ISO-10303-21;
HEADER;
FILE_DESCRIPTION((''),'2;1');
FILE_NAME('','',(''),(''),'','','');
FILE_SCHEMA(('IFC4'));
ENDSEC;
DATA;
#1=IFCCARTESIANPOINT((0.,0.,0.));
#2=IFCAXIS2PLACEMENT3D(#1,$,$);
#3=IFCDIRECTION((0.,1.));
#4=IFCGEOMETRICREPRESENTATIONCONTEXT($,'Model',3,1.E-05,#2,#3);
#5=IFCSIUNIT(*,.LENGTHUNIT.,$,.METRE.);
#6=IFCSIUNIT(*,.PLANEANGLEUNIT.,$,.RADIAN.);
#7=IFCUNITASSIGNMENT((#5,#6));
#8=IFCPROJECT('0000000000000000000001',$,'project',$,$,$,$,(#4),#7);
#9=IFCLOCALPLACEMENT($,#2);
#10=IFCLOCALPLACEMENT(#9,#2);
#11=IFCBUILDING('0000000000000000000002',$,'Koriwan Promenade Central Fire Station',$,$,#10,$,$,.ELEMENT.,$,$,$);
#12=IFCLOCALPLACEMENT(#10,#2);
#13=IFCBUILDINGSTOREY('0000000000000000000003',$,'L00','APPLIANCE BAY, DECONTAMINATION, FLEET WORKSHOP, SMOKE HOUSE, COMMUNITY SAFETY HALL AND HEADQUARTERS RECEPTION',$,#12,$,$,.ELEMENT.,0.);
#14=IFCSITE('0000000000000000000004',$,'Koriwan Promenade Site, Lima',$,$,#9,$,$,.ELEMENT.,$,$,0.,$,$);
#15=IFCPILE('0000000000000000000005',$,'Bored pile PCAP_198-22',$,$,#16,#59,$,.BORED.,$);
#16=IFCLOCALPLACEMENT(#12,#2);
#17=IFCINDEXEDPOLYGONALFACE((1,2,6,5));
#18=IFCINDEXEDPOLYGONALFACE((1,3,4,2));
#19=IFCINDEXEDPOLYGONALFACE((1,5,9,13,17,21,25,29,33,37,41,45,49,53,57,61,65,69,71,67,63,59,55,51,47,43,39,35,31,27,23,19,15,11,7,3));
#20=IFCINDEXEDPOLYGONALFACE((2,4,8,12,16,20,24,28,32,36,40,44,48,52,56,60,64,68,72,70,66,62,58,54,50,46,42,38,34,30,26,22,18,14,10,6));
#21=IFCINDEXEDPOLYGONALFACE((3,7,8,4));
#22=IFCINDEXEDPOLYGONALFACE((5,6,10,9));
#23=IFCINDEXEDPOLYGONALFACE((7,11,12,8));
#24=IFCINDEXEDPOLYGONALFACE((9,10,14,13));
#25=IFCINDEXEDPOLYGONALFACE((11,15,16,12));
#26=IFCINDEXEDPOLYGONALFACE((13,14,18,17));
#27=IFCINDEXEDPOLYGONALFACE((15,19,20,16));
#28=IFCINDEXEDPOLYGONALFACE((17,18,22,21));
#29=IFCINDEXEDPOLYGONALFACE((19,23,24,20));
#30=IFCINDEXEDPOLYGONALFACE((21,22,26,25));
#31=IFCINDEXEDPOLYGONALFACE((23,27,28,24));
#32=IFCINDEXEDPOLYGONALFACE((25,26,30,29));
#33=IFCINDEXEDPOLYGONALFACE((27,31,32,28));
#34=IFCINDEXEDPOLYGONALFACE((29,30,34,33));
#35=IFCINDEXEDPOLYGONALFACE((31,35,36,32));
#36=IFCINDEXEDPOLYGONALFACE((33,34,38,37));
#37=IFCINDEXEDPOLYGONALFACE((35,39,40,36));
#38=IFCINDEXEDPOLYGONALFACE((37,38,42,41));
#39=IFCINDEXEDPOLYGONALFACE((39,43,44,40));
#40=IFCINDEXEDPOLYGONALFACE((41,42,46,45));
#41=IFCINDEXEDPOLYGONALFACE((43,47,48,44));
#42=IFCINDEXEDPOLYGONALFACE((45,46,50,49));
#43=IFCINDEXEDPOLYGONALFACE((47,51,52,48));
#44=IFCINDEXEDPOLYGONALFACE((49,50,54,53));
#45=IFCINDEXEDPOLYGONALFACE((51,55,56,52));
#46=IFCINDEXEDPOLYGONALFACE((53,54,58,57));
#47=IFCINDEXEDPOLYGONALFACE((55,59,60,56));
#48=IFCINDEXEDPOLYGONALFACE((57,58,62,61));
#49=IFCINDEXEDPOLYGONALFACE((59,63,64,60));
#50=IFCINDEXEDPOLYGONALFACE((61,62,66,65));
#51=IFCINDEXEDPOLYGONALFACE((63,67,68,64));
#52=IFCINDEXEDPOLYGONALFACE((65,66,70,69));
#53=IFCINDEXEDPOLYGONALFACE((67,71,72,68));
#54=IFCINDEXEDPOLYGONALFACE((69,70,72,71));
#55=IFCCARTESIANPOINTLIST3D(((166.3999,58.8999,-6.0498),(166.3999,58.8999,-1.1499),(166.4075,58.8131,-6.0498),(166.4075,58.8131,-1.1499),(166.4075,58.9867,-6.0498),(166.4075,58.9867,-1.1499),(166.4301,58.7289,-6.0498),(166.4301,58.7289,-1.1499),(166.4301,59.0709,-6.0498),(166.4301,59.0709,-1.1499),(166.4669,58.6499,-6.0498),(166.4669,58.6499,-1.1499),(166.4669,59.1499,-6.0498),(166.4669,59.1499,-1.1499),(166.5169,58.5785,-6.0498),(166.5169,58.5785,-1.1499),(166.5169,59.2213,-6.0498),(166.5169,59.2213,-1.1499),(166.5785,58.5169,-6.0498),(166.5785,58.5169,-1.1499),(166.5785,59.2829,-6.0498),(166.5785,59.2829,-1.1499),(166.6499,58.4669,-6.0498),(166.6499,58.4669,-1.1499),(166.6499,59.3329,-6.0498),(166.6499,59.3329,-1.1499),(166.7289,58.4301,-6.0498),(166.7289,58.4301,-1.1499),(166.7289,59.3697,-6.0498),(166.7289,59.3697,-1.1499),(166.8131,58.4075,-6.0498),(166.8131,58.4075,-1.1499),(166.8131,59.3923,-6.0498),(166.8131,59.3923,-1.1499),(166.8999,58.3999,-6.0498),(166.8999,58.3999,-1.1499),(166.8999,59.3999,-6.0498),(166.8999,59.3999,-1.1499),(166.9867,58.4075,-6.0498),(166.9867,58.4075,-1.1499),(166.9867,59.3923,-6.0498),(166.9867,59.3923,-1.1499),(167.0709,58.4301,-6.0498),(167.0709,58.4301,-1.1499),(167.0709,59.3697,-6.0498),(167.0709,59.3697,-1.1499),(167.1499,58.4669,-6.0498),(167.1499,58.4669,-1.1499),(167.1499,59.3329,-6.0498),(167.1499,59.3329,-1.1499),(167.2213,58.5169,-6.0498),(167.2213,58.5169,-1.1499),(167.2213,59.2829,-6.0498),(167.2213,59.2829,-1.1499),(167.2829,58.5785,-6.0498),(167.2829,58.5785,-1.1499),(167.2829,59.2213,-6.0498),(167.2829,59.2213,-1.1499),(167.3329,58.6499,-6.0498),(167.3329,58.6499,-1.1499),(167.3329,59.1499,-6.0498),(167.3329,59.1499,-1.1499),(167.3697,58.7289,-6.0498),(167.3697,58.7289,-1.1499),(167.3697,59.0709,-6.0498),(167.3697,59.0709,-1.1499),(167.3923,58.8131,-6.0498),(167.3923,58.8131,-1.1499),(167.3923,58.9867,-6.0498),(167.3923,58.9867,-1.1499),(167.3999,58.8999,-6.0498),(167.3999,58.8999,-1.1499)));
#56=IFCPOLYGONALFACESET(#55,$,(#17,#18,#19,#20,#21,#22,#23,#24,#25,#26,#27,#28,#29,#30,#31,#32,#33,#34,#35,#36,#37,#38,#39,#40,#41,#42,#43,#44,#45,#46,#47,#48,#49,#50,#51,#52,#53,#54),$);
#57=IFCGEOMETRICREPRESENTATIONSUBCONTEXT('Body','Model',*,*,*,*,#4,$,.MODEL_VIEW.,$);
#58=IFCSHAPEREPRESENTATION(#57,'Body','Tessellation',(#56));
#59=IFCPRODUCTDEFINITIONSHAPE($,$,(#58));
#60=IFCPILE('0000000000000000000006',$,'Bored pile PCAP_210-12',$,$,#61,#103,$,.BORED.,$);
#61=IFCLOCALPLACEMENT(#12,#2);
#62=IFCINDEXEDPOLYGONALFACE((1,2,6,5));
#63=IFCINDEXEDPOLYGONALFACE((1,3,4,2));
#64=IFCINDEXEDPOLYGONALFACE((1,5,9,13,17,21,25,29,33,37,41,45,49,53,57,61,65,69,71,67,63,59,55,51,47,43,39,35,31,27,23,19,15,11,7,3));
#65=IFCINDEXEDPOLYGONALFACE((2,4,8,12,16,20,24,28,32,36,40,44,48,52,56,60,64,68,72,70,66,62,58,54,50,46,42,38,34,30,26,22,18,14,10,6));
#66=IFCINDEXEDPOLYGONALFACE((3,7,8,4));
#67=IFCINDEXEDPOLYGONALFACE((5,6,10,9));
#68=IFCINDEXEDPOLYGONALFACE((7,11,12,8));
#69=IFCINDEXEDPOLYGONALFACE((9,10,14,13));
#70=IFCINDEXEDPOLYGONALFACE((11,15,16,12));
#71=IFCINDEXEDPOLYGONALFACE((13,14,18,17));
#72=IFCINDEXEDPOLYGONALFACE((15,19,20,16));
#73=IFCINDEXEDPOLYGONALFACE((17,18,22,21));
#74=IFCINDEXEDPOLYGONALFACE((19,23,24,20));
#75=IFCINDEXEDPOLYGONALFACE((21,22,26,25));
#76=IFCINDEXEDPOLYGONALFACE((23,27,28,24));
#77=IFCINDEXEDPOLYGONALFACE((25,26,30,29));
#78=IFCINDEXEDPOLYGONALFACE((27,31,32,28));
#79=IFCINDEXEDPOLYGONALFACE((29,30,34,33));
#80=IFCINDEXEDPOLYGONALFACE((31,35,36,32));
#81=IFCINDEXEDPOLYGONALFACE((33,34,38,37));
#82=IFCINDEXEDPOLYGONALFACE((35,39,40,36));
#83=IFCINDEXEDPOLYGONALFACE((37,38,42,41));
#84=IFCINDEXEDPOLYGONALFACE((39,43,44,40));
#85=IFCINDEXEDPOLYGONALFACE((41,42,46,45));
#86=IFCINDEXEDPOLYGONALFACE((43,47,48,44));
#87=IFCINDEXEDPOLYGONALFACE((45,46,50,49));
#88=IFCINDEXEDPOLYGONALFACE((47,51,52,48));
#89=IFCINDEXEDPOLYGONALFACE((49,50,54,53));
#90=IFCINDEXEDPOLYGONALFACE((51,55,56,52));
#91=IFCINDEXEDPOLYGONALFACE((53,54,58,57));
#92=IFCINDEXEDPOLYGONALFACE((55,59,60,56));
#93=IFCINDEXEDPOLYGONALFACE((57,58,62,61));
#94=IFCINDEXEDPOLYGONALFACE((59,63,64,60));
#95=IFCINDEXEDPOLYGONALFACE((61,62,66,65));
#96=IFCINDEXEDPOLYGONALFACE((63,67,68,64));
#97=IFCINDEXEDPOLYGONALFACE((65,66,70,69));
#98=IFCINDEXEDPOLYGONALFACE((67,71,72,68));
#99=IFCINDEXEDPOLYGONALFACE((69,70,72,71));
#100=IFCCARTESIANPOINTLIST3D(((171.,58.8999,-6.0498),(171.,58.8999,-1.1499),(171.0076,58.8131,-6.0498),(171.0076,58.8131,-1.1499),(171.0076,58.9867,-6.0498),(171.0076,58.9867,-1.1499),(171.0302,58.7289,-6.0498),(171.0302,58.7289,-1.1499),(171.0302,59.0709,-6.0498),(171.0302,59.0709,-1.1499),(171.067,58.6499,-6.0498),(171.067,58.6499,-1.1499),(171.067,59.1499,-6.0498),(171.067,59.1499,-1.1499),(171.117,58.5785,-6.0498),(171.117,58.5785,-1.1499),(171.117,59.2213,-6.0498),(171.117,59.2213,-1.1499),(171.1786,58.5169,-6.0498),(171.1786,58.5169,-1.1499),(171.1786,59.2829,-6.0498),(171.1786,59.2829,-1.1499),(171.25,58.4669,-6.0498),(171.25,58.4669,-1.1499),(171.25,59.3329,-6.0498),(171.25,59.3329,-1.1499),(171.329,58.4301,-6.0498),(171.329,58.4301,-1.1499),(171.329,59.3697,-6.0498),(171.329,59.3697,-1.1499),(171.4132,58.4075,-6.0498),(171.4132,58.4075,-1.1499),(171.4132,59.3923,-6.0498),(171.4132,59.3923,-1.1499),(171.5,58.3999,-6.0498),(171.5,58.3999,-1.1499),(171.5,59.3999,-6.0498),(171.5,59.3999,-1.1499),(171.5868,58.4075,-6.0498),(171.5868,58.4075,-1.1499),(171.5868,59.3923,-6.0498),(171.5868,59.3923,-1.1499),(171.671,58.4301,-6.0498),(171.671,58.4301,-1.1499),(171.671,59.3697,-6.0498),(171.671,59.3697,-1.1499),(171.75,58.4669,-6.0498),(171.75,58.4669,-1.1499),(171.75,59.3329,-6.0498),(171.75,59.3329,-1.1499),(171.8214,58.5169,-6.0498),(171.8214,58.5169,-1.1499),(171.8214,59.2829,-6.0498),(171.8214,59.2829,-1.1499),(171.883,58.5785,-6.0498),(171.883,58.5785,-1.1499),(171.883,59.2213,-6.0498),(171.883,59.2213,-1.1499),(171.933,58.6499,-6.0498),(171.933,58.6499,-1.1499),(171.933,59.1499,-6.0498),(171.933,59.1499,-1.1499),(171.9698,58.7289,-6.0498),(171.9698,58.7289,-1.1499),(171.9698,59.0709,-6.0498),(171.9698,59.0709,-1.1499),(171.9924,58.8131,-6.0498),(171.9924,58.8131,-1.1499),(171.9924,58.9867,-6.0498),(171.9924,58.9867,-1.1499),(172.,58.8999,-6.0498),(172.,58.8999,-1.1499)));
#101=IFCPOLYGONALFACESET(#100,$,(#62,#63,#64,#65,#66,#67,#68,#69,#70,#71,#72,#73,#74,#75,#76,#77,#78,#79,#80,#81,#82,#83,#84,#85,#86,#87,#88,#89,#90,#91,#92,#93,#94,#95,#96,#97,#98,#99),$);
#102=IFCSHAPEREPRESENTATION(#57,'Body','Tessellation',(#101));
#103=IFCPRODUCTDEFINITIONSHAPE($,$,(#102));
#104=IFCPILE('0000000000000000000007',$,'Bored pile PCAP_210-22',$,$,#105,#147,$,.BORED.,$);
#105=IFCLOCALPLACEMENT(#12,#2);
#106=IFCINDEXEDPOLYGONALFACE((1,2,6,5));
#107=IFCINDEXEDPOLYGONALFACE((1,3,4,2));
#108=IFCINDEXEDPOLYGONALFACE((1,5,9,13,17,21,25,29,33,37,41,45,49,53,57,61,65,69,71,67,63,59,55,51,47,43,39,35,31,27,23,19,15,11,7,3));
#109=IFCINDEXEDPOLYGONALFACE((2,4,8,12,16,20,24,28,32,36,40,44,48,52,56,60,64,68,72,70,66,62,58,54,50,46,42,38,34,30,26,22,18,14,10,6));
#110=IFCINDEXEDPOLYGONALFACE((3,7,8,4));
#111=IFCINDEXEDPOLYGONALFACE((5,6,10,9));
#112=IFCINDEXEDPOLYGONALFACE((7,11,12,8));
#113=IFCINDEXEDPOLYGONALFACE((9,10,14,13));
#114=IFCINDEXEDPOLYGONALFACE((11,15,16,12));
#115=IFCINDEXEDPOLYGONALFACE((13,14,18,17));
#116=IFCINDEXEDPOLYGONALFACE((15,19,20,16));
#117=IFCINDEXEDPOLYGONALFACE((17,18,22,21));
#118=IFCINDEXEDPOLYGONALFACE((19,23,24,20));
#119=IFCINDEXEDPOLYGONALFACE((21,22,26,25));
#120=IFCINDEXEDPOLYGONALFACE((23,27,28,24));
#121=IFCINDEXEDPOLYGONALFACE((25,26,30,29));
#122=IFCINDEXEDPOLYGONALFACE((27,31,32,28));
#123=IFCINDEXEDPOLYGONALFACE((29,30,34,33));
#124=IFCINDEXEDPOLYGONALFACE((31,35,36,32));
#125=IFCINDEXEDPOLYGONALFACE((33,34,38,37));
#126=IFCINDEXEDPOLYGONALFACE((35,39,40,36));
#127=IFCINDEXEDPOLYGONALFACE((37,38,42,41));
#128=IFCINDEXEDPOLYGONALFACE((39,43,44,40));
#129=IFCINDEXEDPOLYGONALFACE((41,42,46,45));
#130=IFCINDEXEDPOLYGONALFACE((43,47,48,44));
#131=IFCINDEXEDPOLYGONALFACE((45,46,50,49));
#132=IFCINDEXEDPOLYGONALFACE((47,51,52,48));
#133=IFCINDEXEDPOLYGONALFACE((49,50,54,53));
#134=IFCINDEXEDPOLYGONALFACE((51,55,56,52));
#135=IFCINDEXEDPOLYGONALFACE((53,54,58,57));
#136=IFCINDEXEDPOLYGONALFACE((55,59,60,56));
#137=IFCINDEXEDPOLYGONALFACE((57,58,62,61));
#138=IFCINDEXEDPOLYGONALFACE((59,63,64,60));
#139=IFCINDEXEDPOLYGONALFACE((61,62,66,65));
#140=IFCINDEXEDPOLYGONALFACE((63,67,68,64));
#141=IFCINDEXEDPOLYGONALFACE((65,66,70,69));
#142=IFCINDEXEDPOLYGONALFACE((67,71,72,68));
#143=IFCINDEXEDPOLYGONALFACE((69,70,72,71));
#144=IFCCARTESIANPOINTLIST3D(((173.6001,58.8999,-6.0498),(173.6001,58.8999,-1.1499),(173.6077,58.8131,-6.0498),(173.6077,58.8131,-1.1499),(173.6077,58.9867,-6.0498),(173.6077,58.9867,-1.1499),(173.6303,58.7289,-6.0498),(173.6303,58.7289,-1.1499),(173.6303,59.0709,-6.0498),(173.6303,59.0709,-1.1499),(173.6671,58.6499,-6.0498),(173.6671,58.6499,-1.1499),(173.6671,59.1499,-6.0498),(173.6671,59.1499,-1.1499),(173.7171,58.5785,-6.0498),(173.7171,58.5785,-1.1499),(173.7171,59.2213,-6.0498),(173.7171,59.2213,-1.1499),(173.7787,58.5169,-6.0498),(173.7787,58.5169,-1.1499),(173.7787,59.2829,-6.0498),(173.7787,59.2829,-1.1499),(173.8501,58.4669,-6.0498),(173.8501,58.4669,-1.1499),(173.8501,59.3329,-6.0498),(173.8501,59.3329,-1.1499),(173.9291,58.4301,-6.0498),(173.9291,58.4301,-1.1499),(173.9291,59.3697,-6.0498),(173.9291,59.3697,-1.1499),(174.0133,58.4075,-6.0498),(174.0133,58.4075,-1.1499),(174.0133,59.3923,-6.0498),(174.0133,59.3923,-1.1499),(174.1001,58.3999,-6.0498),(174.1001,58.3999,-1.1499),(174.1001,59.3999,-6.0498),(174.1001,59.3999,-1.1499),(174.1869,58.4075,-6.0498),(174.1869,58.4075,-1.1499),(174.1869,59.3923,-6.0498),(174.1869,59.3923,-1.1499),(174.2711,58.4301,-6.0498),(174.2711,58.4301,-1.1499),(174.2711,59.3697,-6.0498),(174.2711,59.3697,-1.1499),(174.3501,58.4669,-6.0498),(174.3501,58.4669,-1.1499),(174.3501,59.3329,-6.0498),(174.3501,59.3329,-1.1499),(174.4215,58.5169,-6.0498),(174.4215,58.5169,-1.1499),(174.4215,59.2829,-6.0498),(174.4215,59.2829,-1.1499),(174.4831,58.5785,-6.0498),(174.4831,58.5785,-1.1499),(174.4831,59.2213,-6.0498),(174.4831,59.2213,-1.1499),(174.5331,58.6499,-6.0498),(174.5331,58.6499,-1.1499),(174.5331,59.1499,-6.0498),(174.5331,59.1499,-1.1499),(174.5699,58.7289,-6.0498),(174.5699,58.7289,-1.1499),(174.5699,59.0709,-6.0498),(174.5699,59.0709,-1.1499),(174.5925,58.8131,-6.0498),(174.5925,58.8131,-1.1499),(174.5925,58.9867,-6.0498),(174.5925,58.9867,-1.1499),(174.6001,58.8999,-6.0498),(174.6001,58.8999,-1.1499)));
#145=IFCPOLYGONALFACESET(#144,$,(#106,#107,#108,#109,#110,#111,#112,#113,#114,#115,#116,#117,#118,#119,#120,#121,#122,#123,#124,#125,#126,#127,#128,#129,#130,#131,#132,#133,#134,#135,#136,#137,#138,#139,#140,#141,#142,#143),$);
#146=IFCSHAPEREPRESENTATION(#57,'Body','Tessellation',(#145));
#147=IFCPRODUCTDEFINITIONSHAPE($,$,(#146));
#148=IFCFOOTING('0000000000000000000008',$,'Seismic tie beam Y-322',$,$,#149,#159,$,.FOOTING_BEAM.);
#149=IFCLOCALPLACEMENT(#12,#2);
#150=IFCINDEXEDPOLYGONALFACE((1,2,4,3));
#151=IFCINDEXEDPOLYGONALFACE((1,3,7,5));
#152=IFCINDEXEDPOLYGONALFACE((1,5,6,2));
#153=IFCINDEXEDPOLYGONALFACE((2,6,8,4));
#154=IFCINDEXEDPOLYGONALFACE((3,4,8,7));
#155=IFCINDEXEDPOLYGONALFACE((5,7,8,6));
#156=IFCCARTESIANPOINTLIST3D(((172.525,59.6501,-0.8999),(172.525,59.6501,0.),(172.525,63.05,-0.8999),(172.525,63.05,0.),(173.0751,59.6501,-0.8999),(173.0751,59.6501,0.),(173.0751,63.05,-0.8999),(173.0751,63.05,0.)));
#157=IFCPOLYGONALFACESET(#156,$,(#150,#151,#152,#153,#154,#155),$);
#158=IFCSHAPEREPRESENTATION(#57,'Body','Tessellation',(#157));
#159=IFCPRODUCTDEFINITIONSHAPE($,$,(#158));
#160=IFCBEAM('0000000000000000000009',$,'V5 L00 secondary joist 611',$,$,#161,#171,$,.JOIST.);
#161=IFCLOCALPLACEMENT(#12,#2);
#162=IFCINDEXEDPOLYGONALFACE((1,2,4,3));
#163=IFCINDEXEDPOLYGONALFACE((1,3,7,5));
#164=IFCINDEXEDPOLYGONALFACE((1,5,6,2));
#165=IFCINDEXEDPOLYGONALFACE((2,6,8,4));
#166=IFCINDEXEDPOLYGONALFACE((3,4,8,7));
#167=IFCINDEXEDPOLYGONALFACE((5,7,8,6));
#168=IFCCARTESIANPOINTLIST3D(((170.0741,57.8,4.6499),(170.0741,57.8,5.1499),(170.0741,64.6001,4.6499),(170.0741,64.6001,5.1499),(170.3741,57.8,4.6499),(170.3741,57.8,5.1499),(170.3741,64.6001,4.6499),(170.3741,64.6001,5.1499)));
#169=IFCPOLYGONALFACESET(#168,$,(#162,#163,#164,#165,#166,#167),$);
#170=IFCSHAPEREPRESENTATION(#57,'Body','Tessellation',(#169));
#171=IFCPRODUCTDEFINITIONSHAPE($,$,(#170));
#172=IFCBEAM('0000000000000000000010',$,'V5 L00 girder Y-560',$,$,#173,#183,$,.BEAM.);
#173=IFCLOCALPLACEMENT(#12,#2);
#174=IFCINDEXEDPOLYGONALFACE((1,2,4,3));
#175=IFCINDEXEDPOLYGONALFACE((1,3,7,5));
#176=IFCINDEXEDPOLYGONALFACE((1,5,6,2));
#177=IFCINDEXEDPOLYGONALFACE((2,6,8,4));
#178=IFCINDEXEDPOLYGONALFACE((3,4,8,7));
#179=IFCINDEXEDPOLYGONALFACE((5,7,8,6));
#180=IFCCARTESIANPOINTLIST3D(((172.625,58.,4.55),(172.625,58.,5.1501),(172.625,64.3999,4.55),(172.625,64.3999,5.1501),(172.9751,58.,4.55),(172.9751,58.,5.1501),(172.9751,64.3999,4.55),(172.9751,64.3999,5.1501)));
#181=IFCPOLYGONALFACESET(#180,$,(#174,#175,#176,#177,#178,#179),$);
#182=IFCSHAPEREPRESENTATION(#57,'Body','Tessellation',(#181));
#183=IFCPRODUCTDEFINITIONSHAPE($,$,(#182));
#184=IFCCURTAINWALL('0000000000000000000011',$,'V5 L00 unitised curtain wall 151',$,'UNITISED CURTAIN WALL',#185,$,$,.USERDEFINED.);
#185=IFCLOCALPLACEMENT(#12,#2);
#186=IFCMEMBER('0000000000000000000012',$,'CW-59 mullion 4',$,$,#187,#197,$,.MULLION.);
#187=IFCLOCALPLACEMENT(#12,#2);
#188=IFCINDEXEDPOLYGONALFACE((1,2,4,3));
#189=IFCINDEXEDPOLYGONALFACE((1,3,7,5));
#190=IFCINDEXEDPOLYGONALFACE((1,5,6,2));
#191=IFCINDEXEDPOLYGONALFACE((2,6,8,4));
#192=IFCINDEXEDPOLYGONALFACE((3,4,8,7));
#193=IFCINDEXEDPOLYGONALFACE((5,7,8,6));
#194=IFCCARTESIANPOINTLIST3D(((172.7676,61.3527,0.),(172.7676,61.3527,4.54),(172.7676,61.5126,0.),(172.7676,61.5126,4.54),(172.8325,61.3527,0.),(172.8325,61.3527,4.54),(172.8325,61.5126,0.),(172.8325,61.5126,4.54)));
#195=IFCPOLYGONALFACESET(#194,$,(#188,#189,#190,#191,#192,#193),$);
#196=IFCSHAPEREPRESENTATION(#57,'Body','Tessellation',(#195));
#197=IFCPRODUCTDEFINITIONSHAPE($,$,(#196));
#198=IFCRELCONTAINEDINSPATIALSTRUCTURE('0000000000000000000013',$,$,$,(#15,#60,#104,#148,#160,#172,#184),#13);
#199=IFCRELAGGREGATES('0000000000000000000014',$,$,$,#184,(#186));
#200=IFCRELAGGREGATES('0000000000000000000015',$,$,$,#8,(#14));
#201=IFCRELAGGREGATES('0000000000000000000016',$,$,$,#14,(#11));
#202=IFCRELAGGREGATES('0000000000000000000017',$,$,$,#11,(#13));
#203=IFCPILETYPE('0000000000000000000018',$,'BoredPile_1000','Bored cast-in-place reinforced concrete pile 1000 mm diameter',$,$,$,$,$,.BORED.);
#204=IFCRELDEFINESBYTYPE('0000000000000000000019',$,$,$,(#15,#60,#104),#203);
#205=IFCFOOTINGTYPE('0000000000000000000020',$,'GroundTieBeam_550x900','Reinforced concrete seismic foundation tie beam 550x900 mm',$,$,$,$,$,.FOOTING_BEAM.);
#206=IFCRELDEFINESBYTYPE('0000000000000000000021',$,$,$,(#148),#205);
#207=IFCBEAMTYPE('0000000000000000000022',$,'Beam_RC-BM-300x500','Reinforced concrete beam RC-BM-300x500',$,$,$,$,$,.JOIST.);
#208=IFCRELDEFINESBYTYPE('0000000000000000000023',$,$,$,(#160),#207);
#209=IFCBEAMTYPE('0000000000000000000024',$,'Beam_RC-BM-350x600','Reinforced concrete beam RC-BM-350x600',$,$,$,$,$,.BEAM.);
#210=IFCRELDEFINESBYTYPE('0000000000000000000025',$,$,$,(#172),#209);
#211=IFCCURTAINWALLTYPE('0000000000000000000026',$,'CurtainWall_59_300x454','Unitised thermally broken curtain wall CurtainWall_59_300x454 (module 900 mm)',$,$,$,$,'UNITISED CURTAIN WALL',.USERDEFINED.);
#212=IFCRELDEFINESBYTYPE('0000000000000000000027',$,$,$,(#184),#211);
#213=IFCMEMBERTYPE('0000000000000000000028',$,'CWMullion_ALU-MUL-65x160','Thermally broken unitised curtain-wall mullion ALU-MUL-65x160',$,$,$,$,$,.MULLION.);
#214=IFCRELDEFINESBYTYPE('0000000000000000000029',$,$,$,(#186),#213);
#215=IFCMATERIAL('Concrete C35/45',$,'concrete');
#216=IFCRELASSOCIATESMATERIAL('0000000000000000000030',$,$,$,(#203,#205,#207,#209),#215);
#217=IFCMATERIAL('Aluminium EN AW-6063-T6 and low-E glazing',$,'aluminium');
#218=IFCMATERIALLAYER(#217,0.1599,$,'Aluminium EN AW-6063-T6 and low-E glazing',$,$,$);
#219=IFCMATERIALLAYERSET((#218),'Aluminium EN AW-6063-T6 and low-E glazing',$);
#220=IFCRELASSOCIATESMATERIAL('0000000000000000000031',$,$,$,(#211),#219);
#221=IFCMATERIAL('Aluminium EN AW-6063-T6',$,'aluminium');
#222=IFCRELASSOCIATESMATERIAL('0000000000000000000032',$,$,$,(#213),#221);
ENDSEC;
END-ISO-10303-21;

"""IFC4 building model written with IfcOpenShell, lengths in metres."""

from ifc_helpers import new_model, si_unit, direction, frame, origin, origin_2d, place, context, subcontext, project, spatial, rectangle, circle, extrude, material, layer, layer_set, material_profile, profile_set, type_object, element, aggregate, save


model = new_model("IFC4")

# Units and contexts
model_context = context("Model", 3, precision=1e-05, world=origin(), true_north=direction((0.0, 1.0)))
body_context = subcontext(model_context, "Body", "Model", "MODEL_VIEW")
ifc_project = project(units=[si_unit("LENGTHUNIT", "METRE"), si_unit("PLANEANGLEUNIT", "RADIAN")], contexts=[model_context])

# Site, building, storey
site_placement = place(None, origin())
site = spatial("IfcSite", under=ifc_project, at=site_placement, Name="Koriwan Promenade Site, Lima", CompositionType="ELEMENT", RefElevation=0.0)
building_placement = place(site_placement, origin())
building = spatial("IfcBuilding", under=site, at=building_placement, Name="Koriwan Promenade Central Fire Station", CompositionType="ELEMENT")
storey_placement = place(building_placement, origin())
storey = spatial("IfcBuildingStorey", under=building, at=storey_placement, Name="L00", Description="APPLIANCE BAY, DECONTAMINATION, FLEET WORKSHOP, SMOKE HOUSE, COMMUNITY SAFETY HALL AND HEADQUARTERS RECEPTION", CompositionType="ELEMENT", Elevation=0.0)

# Piles
ifc_material_1 = material(Name="Concrete C35/45", Category="concrete")
ifc_material_profile_1 = material_profile(ifc_material_1, circle(Radius=0.5, at=origin_2d()), Name="PILE-D1000")
ifc_profile_set_1 = profile_set([ifc_material_profile_1], Name="Concrete C35/45")
pile_type = type_object("IfcPileType", Name="BoredPile_1000", Description="Bored cast-in-place reinforced concrete pile 1000 mm diameter", PredefinedType="BORED", material=ifc_profile_set_1)
for number, where, z_axis, x_axis, name in (
    (1, (166.8999, 58.8999, -1.1499), (0.0, 0.0, -1.0), (1.0, 0.0, 0.0), "Bored pile PCAP_198-22"),
    (2, (171.5, 58.8999, -1.1499), (0.0, 0.0, -1.0), (1.0, 0.0, 0.0), "Bored pile PCAP_210-12"),
    (3, (174.1001, 58.8999, -1.1499), (0.0, 0.0, -1.0), (1.0, 0.0, 0.0), "Bored pile PCAP_210-22"),
):
    element("IfcPile", number, at=place(storey_placement, frame(where, z_axis=z_axis, x_axis=x_axis)), inside=storey, type_object=pile_type, Name=name, PredefinedType="BORED", context=body_context, shape_type="SweptSolid", body=[
        extrude(circle(Radius=0.5, at=origin_2d()), origin(), (0.0, 0.0, 1.0), 4.8999),
    ])

# Footing
footing_type = type_object("IfcFootingType", Name="GroundTieBeam_550x900", Description="Reinforced concrete seismic foundation tie beam 550x900 mm", PredefinedType="FOOTING_BEAM", material=ifc_material_1)
footing_placement = place(storey_placement, frame((172.8, 61.3501, -0.8999), z_axis=(0.0, 0.0, 1.0), x_axis=(0.0, 1.0, 0.0)))
element("IfcFooting", 4, at=footing_placement, inside=storey, type_object=footing_type, Name="Seismic tie beam Y-322", PredefinedType="FOOTING_BEAM", context=body_context, shape_type="SweptSolid", body=[
    extrude(rectangle(XDim=3.3999, YDim=0.55, at=origin_2d()), origin(), (0.0, 0.0, 1.0), 0.8999),
])

# Beams
ifc_material_profile_2 = material_profile(ifc_material_1, rectangle(XDim=0.3, YDim=0.5, at=origin_2d()), Name="RC-BM-300x500")
ifc_profile_set_2 = profile_set([ifc_material_profile_2], Name="Concrete C35/45")
beam_type_1 = type_object("IfcBeamType", Name="Beam_RC-BM-300x500", Description="Reinforced concrete beam RC-BM-300x500", PredefinedType="JOIST", material=ifc_profile_set_2)
beam_1_placement = place(storey_placement, frame((170.2241, 57.8, 4.8999), z_axis=(0.0, 1.0, 0.0), x_axis=(-1.0, 0.0, 0.0)))
element("IfcBeam", 5, at=beam_1_placement, inside=storey, type_object=beam_type_1, Name="V5 L00 secondary joist 611", PredefinedType="JOIST", context=body_context, shape_type="SweptSolid", body=[
    extrude(rectangle(XDim=0.3, YDim=0.5, at=origin_2d()), origin(), (0.0, 0.0, 1.0), 6.8),
])
ifc_material_profile_3 = material_profile(ifc_material_1, rectangle(XDim=0.3501, YDim=0.6001, at=origin_2d()), Name="RC-BM-350x600")
ifc_profile_set_3 = profile_set([ifc_material_profile_3], Name="Concrete C35/45")
beam_type_2 = type_object("IfcBeamType", Name="Beam_RC-BM-350x600", Description="Reinforced concrete beam RC-BM-350x600", PredefinedType="BEAM", material=ifc_profile_set_3)
beam_2_placement = place(storey_placement, frame((172.8, 58.0, 4.8501), z_axis=(0.0, 1.0, 0.0), x_axis=(-1.0, 0.0, 0.0)))
element("IfcBeam", 6, at=beam_2_placement, inside=storey, type_object=beam_type_2, Name="V5 L00 girder Y-560", PredefinedType="BEAM", context=body_context, shape_type="SweptSolid", body=[
    extrude(rectangle(XDim=0.3501, YDim=0.6001, at=origin_2d()), origin(), (0.0, 0.0, 1.0), 6.3999),
])

# Curtain wall, member
ifc_material_2 = material(Name="Aluminium EN AW-6063-T6 and low-E glazing", Category="aluminium")
ifc_layer_1 = layer(ifc_material_2, 0.1599, Name="Aluminium EN AW-6063-T6 and low-E glazing")
ifc_layer_set_1 = layer_set([ifc_layer_1], Name="Aluminium EN AW-6063-T6 and low-E glazing")
curtain_wall_type_1 = type_object("IfcCurtainWallType", Name="CurtainWall_59_300x454", Description="Unitised thermally broken curtain wall CurtainWall_59_300x454 (module 900 mm)", ElementType="UNITISED CURTAIN WALL", PredefinedType="USERDEFINED", material=ifc_layer_set_1)
curtain_wall_1_placement = place(storey_placement, origin())
curtain_wall_1 = element("IfcCurtainWall", 7, at=curtain_wall_1_placement, inside=storey, type_object=curtain_wall_type_1, Name="V5 L00 unitised curtain wall 151", ObjectType="UNITISED CURTAIN WALL", PredefinedType="USERDEFINED")
ifc_material_3 = material(Name="Aluminium EN AW-6063-T6", Category="aluminium")
ifc_material_profile_4 = material_profile(ifc_material_3, rectangle(XDim=0.0649, YDim=0.1599, at=origin_2d()), Name="ALU-MUL-65x160")
ifc_profile_set_4 = profile_set([ifc_material_profile_4], Name="Aluminium EN AW-6063-T6")
member_type_1 = type_object("IfcMemberType", Name="CWMullion_ALU-MUL-65x160", Description="Thermally broken unitised curtain-wall mullion ALU-MUL-65x160", PredefinedType="MULLION", material=ifc_profile_set_4)
member_1_placement = place(storey_placement, frame((172.8, 61.4326, 0.0), z_axis=(0.0, 0.0, 1.0), x_axis=(1.0, 0.0, 0.0)))
member_1 = element("IfcMember", 8, at=member_1_placement, type_object=member_type_1, Name="CW-59 mullion 4", PredefinedType="MULLION", context=body_context, shape_type="SweptSolid", body=[
    extrude(rectangle(XDim=0.0649, YDim=0.1599, at=origin_2d()), origin(), (0.0, 0.0, 1.0), 4.54),
])

aggregate(curtain_wall_1, [member_1])

save(model, "model.ifc")
